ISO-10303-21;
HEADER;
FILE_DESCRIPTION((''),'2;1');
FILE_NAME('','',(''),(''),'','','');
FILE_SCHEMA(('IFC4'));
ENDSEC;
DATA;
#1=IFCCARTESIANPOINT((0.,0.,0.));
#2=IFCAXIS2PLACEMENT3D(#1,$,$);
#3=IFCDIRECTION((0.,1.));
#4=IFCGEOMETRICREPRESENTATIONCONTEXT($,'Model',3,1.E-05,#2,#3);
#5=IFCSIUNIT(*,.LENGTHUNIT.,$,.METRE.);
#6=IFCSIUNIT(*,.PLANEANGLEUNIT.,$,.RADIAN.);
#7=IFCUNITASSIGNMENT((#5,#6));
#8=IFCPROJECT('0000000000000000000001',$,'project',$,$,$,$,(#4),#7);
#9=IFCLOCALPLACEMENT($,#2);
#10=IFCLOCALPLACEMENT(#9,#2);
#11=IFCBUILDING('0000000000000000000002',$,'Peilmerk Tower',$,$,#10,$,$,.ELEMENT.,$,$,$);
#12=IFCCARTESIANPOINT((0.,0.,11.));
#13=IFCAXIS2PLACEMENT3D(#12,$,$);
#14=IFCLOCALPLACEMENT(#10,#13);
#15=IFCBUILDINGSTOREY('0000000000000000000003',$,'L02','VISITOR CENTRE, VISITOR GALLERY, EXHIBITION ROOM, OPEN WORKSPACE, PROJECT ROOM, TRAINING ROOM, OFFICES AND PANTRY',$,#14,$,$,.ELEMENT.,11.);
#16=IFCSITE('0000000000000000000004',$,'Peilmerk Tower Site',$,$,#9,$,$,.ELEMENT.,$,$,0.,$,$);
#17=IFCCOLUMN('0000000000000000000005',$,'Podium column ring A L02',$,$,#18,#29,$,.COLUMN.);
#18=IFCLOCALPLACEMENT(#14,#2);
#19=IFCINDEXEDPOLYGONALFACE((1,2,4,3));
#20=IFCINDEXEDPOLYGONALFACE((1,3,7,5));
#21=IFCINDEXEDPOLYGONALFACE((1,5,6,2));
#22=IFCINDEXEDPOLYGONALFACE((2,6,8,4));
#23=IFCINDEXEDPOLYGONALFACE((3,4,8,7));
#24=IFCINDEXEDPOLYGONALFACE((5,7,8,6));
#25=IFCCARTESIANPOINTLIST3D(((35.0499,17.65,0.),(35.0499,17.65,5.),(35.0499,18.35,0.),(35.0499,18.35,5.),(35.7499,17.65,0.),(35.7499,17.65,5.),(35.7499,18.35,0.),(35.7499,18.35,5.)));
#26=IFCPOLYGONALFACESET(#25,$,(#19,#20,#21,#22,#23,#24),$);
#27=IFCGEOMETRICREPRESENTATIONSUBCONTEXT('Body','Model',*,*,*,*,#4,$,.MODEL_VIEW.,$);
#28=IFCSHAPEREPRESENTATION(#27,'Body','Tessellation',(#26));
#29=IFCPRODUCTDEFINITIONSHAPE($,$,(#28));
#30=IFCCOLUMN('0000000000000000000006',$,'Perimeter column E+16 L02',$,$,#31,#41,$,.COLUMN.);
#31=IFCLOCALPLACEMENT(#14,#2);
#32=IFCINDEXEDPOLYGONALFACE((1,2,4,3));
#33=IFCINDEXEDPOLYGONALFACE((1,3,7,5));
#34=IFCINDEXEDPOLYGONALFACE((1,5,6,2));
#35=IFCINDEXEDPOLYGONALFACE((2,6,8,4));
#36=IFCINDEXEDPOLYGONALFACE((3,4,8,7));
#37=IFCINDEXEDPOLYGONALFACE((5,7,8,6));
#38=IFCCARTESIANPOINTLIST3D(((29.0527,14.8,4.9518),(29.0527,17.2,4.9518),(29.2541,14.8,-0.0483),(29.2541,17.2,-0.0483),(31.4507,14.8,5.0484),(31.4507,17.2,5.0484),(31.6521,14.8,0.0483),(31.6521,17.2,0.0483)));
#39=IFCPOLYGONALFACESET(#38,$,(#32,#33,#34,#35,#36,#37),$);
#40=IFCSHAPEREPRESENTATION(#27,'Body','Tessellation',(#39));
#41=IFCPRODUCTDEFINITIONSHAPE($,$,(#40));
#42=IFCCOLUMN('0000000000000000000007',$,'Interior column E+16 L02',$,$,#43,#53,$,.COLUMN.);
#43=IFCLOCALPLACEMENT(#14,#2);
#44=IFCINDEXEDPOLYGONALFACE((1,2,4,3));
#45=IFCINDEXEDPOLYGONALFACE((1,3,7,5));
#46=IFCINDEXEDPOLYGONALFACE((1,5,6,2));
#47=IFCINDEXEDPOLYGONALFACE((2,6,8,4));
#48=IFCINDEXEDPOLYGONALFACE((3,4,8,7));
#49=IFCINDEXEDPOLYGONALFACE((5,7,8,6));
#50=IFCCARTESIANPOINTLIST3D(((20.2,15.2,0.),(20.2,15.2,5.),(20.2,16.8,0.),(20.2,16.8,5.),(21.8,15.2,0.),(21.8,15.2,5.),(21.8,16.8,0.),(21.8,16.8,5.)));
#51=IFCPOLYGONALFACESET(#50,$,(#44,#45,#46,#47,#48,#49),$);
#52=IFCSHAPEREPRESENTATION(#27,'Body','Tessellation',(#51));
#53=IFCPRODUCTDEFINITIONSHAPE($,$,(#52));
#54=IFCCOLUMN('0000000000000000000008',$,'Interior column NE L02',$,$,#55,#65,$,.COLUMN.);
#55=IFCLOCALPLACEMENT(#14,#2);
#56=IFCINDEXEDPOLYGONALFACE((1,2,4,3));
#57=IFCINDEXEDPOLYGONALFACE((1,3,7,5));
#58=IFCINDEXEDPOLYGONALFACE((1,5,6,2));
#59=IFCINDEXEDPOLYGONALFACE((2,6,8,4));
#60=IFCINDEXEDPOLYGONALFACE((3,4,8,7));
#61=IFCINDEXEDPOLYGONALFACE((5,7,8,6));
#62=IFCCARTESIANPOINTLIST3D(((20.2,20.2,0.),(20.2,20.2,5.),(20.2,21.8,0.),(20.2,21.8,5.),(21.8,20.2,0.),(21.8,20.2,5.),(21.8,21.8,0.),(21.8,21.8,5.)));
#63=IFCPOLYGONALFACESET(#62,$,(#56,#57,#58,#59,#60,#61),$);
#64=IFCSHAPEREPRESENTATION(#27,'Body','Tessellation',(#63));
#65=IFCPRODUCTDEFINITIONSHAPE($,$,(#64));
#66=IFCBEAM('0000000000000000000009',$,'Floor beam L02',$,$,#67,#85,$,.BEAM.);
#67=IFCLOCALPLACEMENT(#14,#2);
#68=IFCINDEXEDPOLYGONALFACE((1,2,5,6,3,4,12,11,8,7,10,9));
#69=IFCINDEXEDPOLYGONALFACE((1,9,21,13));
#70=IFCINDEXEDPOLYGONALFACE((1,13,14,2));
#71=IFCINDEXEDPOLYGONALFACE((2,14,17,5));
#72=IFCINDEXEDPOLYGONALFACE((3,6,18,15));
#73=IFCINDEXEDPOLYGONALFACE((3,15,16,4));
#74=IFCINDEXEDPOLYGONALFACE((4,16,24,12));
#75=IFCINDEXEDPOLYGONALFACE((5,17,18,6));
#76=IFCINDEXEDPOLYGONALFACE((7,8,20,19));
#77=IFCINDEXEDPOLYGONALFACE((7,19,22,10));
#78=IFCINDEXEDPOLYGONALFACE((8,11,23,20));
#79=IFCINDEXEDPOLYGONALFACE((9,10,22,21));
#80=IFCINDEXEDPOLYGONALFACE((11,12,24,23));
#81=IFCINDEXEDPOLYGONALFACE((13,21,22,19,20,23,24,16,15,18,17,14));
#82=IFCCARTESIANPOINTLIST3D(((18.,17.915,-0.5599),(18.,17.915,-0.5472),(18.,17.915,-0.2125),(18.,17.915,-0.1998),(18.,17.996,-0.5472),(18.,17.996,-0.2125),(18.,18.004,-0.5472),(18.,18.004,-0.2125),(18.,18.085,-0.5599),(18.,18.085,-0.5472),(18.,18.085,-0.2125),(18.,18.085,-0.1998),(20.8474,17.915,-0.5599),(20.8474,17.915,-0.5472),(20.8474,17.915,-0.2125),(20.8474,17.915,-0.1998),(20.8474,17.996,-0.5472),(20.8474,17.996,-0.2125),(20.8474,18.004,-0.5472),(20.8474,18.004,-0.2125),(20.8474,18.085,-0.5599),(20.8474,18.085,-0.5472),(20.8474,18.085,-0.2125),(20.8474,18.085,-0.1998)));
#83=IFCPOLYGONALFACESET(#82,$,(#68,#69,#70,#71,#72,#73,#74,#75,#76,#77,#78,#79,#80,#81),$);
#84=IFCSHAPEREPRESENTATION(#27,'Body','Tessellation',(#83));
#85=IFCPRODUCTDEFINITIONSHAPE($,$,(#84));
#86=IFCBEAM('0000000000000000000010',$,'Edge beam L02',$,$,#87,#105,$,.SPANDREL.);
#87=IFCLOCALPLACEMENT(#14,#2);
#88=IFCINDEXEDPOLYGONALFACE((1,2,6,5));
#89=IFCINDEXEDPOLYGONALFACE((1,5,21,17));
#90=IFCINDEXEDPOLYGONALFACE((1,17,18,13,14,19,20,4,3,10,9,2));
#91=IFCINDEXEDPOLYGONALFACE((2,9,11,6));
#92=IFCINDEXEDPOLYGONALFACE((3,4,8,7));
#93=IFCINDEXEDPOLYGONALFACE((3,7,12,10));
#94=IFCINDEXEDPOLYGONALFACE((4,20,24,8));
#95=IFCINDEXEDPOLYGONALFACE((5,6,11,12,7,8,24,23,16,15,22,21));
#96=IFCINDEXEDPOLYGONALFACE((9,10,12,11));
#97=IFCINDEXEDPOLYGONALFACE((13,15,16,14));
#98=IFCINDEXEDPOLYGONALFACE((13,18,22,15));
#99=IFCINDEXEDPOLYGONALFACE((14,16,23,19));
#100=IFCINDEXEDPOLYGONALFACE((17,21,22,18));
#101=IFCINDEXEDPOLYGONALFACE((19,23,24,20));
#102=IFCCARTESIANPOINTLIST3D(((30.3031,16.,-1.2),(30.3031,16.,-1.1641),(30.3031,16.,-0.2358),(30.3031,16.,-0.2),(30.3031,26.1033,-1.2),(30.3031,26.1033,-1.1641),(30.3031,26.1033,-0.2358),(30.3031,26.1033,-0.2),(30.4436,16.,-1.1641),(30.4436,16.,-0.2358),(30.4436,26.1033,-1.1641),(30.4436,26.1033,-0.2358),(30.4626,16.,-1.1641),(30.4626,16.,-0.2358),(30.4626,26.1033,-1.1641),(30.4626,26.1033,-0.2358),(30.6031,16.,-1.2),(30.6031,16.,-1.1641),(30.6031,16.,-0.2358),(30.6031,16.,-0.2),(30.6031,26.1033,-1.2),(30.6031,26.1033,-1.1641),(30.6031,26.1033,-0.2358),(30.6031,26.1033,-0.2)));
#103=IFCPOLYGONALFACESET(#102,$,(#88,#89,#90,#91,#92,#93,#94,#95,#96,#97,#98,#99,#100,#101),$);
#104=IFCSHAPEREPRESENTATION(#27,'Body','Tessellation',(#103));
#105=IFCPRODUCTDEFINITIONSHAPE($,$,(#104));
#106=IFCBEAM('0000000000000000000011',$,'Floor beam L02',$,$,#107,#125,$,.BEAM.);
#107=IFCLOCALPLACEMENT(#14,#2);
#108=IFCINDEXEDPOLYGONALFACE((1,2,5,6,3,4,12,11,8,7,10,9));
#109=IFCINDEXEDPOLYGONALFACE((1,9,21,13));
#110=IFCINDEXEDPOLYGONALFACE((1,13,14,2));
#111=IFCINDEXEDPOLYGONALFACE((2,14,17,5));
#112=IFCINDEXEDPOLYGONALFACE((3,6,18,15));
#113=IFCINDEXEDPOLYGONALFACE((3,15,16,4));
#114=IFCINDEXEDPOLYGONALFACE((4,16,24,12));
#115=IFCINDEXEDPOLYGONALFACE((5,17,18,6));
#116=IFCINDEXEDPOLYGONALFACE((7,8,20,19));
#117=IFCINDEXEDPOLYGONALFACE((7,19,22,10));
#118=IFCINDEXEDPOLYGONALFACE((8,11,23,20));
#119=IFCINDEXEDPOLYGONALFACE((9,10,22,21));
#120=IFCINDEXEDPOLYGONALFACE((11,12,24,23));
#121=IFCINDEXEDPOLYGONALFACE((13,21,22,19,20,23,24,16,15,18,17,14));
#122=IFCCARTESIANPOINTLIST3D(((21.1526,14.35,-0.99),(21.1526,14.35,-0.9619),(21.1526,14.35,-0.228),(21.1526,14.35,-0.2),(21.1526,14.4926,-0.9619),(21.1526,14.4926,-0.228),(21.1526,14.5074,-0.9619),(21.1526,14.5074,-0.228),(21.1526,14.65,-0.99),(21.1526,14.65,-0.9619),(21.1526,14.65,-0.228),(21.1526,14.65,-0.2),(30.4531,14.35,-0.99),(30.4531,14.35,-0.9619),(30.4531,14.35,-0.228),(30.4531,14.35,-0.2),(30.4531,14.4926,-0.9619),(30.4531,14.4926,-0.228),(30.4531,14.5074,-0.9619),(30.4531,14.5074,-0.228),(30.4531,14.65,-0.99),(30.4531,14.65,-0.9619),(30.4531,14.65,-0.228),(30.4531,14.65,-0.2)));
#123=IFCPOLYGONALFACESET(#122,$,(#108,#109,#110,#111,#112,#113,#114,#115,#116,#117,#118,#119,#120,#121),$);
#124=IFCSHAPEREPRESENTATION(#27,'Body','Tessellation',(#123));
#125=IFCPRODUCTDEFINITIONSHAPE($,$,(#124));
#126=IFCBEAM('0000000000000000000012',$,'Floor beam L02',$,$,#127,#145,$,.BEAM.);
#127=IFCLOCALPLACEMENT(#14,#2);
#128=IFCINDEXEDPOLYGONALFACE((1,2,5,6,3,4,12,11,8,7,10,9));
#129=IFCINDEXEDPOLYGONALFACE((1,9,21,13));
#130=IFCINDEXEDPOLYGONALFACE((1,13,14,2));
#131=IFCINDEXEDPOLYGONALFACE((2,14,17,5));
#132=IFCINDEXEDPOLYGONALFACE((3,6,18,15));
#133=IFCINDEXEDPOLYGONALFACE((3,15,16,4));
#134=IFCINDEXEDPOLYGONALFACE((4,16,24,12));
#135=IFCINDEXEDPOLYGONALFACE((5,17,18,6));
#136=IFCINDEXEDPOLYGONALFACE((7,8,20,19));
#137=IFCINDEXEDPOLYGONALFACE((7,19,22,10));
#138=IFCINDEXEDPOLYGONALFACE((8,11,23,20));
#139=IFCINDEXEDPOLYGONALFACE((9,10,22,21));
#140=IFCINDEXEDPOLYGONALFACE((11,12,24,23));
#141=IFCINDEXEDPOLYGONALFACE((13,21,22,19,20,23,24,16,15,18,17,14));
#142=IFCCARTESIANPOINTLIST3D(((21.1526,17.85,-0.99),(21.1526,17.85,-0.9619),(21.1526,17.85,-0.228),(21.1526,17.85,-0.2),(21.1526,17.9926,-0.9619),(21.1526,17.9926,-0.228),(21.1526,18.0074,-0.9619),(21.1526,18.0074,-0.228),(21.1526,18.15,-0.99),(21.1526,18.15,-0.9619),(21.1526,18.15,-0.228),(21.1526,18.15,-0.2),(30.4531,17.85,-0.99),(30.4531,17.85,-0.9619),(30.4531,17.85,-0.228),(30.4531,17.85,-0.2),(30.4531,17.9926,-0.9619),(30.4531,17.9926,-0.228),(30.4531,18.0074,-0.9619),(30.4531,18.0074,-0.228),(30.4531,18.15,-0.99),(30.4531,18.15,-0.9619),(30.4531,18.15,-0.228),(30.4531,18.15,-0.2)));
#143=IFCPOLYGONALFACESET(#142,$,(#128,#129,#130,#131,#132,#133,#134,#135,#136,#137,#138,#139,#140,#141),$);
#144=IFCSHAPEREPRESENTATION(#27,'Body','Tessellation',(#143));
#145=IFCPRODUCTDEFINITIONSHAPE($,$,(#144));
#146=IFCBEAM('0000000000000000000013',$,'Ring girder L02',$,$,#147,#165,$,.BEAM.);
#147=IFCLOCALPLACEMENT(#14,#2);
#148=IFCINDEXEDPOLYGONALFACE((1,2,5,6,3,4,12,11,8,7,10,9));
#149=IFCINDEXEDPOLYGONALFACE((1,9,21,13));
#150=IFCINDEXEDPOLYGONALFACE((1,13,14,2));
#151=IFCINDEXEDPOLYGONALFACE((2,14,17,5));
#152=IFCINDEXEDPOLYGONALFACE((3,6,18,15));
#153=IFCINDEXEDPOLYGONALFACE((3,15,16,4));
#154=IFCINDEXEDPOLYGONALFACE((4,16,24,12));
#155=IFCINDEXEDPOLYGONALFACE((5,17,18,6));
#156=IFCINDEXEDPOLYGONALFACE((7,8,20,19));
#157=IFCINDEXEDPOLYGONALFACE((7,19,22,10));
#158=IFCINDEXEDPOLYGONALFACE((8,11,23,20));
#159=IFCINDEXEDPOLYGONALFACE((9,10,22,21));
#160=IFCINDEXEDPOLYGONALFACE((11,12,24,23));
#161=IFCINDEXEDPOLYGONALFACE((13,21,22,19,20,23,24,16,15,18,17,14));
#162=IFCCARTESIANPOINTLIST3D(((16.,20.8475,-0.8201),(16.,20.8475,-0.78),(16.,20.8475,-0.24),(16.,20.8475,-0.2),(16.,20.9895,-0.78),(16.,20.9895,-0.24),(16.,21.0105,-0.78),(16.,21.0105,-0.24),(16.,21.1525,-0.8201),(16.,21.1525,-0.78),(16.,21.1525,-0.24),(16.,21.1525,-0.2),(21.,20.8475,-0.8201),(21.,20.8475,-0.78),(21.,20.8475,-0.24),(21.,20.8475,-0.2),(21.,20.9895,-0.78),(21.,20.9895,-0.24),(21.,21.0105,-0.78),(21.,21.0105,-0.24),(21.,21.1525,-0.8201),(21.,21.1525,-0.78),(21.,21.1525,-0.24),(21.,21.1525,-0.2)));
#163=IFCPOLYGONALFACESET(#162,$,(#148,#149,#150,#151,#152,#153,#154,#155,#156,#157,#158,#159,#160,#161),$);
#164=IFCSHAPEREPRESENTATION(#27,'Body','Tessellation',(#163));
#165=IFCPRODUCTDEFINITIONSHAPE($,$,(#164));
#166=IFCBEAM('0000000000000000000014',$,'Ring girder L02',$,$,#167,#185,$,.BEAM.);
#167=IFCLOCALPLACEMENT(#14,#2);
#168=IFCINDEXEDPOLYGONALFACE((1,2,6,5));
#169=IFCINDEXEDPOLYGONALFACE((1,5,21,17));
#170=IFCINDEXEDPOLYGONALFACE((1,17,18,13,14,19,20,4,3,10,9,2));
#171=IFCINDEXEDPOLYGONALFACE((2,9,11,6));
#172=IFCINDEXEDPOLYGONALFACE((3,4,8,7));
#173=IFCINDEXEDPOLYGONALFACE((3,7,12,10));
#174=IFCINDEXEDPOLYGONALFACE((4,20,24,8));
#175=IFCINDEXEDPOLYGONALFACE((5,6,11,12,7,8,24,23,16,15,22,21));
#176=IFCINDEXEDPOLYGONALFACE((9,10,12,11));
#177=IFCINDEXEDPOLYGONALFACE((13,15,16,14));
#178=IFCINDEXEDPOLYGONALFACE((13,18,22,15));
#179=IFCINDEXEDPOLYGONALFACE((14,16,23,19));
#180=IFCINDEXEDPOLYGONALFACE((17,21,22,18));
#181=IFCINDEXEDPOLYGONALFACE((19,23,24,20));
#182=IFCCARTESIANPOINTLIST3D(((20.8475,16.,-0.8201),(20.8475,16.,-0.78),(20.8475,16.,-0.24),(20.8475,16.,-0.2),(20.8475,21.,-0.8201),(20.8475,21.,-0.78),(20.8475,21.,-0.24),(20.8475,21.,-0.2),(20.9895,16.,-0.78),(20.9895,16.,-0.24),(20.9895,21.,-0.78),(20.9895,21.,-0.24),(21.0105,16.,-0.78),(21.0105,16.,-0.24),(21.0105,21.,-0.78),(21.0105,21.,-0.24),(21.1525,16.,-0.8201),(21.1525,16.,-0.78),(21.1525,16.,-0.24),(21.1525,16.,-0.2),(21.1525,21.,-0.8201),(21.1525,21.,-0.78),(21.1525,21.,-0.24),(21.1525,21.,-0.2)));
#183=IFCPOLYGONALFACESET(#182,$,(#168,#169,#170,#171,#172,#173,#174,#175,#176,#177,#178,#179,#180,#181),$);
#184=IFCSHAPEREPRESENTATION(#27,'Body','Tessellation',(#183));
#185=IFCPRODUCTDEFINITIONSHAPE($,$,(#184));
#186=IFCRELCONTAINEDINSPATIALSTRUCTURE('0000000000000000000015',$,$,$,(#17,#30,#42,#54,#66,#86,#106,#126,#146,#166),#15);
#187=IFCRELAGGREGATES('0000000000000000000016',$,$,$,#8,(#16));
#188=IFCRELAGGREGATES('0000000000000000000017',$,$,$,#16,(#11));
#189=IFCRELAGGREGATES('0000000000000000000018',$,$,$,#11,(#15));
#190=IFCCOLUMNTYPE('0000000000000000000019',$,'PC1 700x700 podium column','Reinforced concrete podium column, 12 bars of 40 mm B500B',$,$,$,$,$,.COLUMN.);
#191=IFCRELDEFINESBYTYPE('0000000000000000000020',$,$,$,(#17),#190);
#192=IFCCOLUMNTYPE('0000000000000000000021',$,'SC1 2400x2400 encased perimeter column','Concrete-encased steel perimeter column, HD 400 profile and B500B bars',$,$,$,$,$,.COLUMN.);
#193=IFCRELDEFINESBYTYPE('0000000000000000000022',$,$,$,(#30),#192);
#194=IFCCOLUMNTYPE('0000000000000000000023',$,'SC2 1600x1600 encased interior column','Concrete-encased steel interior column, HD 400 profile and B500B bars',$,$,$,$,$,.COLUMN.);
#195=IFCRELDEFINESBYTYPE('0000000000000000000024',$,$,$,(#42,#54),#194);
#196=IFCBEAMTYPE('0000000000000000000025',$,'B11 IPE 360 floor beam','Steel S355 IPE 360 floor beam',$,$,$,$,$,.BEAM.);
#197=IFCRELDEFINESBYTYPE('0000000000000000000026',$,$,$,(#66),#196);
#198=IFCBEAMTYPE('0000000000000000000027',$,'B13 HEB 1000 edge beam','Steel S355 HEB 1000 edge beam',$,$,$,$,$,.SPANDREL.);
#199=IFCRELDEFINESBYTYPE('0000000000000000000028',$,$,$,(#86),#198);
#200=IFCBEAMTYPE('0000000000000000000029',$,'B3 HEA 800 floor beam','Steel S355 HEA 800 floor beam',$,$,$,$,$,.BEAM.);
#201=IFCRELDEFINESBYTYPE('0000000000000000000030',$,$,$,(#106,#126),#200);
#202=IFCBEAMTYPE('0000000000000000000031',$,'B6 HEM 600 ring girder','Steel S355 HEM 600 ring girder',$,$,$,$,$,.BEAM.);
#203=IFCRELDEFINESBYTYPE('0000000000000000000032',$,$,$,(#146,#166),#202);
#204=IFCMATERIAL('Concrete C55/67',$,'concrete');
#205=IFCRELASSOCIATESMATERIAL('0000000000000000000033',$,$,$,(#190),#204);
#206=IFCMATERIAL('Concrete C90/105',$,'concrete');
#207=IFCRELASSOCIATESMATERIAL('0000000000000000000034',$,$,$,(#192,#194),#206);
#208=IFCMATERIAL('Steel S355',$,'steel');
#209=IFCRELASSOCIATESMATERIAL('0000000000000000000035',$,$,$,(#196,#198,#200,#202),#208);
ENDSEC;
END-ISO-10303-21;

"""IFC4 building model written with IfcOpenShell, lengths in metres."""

from ifc_helpers import new_model, si_unit, direction, frame, origin, origin_2d, place, context, subcontext, project, spatial, rectangle, i_section, extrude, material, material_profile, profile_set, type_object, element, save


model = new_model("IFC4")

# Units and contexts
model_context = context("Model", 3, precision=1e-05, world=origin(), true_north=direction((0.0, 1.0)))
body_context = subcontext(model_context, "Body", "Model", "MODEL_VIEW")
ifc_project = project(units=[si_unit("LENGTHUNIT", "METRE"), si_unit("PLANEANGLEUNIT", "RADIAN")], contexts=[model_context])

# Site, building, storey
site_placement = place(None, origin())
site = spatial("IfcSite", under=ifc_project, at=site_placement, Name="Peilmerk Tower Site", CompositionType="ELEMENT", RefElevation=0.0)
building_placement = place(site_placement, origin())
building = spatial("IfcBuilding", under=site, at=building_placement, Name="Peilmerk Tower", CompositionType="ELEMENT")
storey_placement = place(building_placement, frame((0.0, 0.0, 11.0)))
storey = spatial("IfcBuildingStorey", under=building, at=storey_placement, Name="L02", Description="VISITOR CENTRE, VISITOR GALLERY, EXHIBITION ROOM, OPEN WORKSPACE, PROJECT ROOM, TRAINING ROOM, OFFICES AND PANTRY", CompositionType="ELEMENT", Elevation=11.0)

# Columns
ifc_material_1 = material(Name="Concrete C55/67", Category="concrete")
ifc_material_profile_1 = material_profile(ifc_material_1, rectangle(XDim=0.7, YDim=0.7, at=origin_2d()), Name="RC 700x700")
ifc_profile_set_1 = profile_set([ifc_material_profile_1], Name="Concrete C55/67")
column_type_1 = type_object("IfcColumnType", Name="PC1 700x700 podium column", Description="Reinforced concrete podium column, 12 bars of 40 mm B500B", PredefinedType="COLUMN", material=ifc_profile_set_1)
column_1_placement = place(storey_placement, frame((35.3999, 18.0, 0.0), z_axis=(0.0, 0.0, 1.0), x_axis=(1.0, 0.0, 0.0)))
element("IfcColumn", 1, at=column_1_placement, inside=storey, type_object=column_type_1, Name="Podium column ring A L02", PredefinedType="COLUMN", context=body_context, shape_type="SweptSolid", body=[
    extrude(rectangle(XDim=0.7, YDim=0.7, at=origin_2d()), origin(), (0.0, 0.0, 1.0), 5.0),
])
ifc_material_2 = material(Name="Concrete C90/105", Category="concrete")
ifc_material_profile_2 = material_profile(ifc_material_2, rectangle(XDim=2.3999, YDim=2.3999, at=origin_2d()), Name="RC 2400x2400")
ifc_profile_set_2 = profile_set([ifc_material_profile_2], Name="Concrete C90/105")
column_type_2 = type_object("IfcColumnType", Name="SC1 2400x2400 encased perimeter column", Description="Concrete-encased steel perimeter column, HD 400 profile and B500B bars", PredefinedType="COLUMN", material=ifc_profile_set_2)
column_2_placement = place(storey_placement, frame((30.4531, 16.0, 0.0), z_axis=(-0.040251, 0.0, 0.99919), x_axis=(0.0, -1.0, 0.0)))
element("IfcColumn", 2, at=column_2_placement, inside=storey, type_object=column_type_2, Name="Perimeter column E+16 L02", PredefinedType="COLUMN", context=body_context, shape_type="SweptSolid", body=[
    extrude(rectangle(XDim=2.3999, YDim=2.3999, at=origin_2d()), origin(), (0.0, 0.0, 1.0), 5.0042),
])
ifc_material_profile_3 = material_profile(ifc_material_2, rectangle(XDim=1.6001, YDim=1.6001, at=origin_2d()), Name="RC 1600x1600")
ifc_profile_set_3 = profile_set([ifc_material_profile_3], Name="Concrete C90/105")
column_type_3 = type_object("IfcColumnType", Name="SC2 1600x1600 encased interior column", Description="Concrete-encased steel interior column, HD 400 profile and B500B bars", PredefinedType="COLUMN", material=ifc_profile_set_3)
for number, where, z_axis, x_axis, name in (
    (3, (21.0, 16.0, 0.0), (0.0, 0.0, 1.0), (1.0, 0.0, 0.0), "Interior column E+16 L02"),
    (4, (21.0, 21.0, 0.0), (0.0, 0.0, 1.0), (1.0, 0.0, 0.0), "Interior column NE L02"),
):
    element("IfcColumn", number, at=place(storey_placement, frame(where, z_axis=z_axis, x_axis=x_axis)), inside=storey, type_object=column_type_3, Name=name, PredefinedType="COLUMN", context=body_context, shape_type="SweptSolid", body=[
        extrude(rectangle(XDim=1.6001, YDim=1.6001, at=origin_2d()), origin(), (0.0, 0.0, 1.0), 5.0),
    ])

# Beams
ifc_material_3 = material(Name="Steel S355", Category="steel")
ifc_material_profile_4 = material_profile(ifc_material_3, i_section(OverallWidth=0.1699, OverallDepth=0.3601, WebThickness=0.0081, FlangeThickness=0.0127, at=origin_2d()), Name="IPE 360")
ifc_profile_set_4 = profile_set([ifc_material_profile_4], Name="Steel S355")
beam_type_1 = type_object("IfcBeamType", Name="B11 IPE 360 floor beam", Description="Steel S355 IPE 360 floor beam", PredefinedType="BEAM", material=ifc_profile_set_4)
beam_1_placement = place(storey_placement, frame((18.0, 18.0, -0.3799), z_axis=(1.0, 0.0, 0.0), x_axis=(0.0, 1.0, 0.0)))
element("IfcBeam", 5, at=beam_1_placement, inside=storey, type_object=beam_type_1, Name="Floor beam L02", PredefinedType="BEAM", context=body_context, shape_type="SweptSolid", body=[
    extrude(i_section(OverallWidth=0.1699, OverallDepth=0.3601, WebThickness=0.0081, FlangeThickness=0.0127, at=origin_2d()), origin(), (0.0, 0.0, 1.0), 2.8474),
])
ifc_material_profile_5 = material_profile(ifc_material_3, i_section(OverallWidth=0.3, OverallDepth=1.0, WebThickness=0.019, FlangeThickness=0.0359, at=origin_2d()), Name="HEB 1000")
ifc_profile_set_5 = profile_set([ifc_material_profile_5], Name="Steel S355")
beam_type_2 = type_object("IfcBeamType", Name="B13 HEB 1000 edge beam", Description="Steel S355 HEB 1000 edge beam", PredefinedType="SPANDREL", material=ifc_profile_set_5)
beam_2_placement = place(storey_placement, frame((30.4531, 16.0, -0.7), z_axis=(0.0, 1.0, 0.0), x_axis=(-1.0, 0.0, 0.0)))
element("IfcBeam", 6, at=beam_2_placement, inside=storey, type_object=beam_type_2, Name="Edge beam L02", PredefinedType="SPANDREL", context=body_context, shape_type="SweptSolid", body=[
    extrude(i_section(OverallWidth=0.3, OverallDepth=1.0, WebThickness=0.019, FlangeThickness=0.0359, at=origin_2d()), origin(), (0.0, 0.0, 1.0), 10.1033),
])
ifc_material_profile_6 = material_profile(ifc_material_3, i_section(OverallWidth=0.3, OverallDepth=0.79, WebThickness=0.0149, FlangeThickness=0.0281, at=origin_2d()), Name="HEA 800")
ifc_profile_set_6 = profile_set([ifc_material_profile_6], Name="Steel S355")
beam_type_3 = type_object("IfcBeamType", Name="B3 HEA 800 floor beam", Description="Steel S355 HEA 800 floor beam", PredefinedType="BEAM", material=ifc_profile_set_6)
for number, where, z_axis, x_axis, name in (
    (7, (21.1526, 14.5, -0.595), (1.0, 0.0, 0.0), (0.0, 1.0, 0.0), "Floor beam L02"),
    (8, (21.1526, 18.0, -0.595), (1.0, 0.0, 0.0), (0.0, 1.0, 0.0), "Floor beam L02"),
):
    element("IfcBeam", number, at=place(storey_placement, frame(where, z_axis=z_axis, x_axis=x_axis)), inside=storey, type_object=beam_type_3, Name=name, PredefinedType="BEAM", context=body_context, shape_type="SweptSolid", body=[
        extrude(i_section(OverallWidth=0.3, OverallDepth=0.79, WebThickness=0.0149, FlangeThickness=0.0281, at=origin_2d()), origin(), (0.0, 0.0, 1.0), 9.3005),
    ])
ifc_material_profile_7 = material_profile(ifc_material_3, i_section(OverallWidth=0.3049, OverallDepth=0.6201, WebThickness=0.021, FlangeThickness=0.04, at=origin_2d()), Name="HEM 600")
ifc_profile_set_7 = profile_set([ifc_material_profile_7], Name="Steel S355")
beam_type_4 = type_object("IfcBeamType", Name="B6 HEM 600 ring girder", Description="Steel S355 HEM 600 ring girder", PredefinedType="BEAM", material=ifc_profile_set_7)
for number, where, z_axis, x_axis, name in (
    (9, (21.0, 21.0, -0.51), (-1.0, 0.0, 0.0), (0.0, -1.0, 0.0), "Ring girder L02"),
    (10, (21.0, 16.0, -0.51), (0.0, 1.0, 0.0), (-1.0, 0.0, 0.0), "Ring girder L02"),
):
    element("IfcBeam", number, at=place(storey_placement, frame(where, z_axis=z_axis, x_axis=x_axis)), inside=storey, type_object=beam_type_4, Name=name, PredefinedType="BEAM", context=body_context, shape_type="SweptSolid", body=[
        extrude(i_section(OverallWidth=0.3049, OverallDepth=0.6201, WebThickness=0.021, FlangeThickness=0.04, at=origin_2d()), origin(), (0.0, 0.0, 1.0), 5.0),
    ])

save(model, "model.ifc")
